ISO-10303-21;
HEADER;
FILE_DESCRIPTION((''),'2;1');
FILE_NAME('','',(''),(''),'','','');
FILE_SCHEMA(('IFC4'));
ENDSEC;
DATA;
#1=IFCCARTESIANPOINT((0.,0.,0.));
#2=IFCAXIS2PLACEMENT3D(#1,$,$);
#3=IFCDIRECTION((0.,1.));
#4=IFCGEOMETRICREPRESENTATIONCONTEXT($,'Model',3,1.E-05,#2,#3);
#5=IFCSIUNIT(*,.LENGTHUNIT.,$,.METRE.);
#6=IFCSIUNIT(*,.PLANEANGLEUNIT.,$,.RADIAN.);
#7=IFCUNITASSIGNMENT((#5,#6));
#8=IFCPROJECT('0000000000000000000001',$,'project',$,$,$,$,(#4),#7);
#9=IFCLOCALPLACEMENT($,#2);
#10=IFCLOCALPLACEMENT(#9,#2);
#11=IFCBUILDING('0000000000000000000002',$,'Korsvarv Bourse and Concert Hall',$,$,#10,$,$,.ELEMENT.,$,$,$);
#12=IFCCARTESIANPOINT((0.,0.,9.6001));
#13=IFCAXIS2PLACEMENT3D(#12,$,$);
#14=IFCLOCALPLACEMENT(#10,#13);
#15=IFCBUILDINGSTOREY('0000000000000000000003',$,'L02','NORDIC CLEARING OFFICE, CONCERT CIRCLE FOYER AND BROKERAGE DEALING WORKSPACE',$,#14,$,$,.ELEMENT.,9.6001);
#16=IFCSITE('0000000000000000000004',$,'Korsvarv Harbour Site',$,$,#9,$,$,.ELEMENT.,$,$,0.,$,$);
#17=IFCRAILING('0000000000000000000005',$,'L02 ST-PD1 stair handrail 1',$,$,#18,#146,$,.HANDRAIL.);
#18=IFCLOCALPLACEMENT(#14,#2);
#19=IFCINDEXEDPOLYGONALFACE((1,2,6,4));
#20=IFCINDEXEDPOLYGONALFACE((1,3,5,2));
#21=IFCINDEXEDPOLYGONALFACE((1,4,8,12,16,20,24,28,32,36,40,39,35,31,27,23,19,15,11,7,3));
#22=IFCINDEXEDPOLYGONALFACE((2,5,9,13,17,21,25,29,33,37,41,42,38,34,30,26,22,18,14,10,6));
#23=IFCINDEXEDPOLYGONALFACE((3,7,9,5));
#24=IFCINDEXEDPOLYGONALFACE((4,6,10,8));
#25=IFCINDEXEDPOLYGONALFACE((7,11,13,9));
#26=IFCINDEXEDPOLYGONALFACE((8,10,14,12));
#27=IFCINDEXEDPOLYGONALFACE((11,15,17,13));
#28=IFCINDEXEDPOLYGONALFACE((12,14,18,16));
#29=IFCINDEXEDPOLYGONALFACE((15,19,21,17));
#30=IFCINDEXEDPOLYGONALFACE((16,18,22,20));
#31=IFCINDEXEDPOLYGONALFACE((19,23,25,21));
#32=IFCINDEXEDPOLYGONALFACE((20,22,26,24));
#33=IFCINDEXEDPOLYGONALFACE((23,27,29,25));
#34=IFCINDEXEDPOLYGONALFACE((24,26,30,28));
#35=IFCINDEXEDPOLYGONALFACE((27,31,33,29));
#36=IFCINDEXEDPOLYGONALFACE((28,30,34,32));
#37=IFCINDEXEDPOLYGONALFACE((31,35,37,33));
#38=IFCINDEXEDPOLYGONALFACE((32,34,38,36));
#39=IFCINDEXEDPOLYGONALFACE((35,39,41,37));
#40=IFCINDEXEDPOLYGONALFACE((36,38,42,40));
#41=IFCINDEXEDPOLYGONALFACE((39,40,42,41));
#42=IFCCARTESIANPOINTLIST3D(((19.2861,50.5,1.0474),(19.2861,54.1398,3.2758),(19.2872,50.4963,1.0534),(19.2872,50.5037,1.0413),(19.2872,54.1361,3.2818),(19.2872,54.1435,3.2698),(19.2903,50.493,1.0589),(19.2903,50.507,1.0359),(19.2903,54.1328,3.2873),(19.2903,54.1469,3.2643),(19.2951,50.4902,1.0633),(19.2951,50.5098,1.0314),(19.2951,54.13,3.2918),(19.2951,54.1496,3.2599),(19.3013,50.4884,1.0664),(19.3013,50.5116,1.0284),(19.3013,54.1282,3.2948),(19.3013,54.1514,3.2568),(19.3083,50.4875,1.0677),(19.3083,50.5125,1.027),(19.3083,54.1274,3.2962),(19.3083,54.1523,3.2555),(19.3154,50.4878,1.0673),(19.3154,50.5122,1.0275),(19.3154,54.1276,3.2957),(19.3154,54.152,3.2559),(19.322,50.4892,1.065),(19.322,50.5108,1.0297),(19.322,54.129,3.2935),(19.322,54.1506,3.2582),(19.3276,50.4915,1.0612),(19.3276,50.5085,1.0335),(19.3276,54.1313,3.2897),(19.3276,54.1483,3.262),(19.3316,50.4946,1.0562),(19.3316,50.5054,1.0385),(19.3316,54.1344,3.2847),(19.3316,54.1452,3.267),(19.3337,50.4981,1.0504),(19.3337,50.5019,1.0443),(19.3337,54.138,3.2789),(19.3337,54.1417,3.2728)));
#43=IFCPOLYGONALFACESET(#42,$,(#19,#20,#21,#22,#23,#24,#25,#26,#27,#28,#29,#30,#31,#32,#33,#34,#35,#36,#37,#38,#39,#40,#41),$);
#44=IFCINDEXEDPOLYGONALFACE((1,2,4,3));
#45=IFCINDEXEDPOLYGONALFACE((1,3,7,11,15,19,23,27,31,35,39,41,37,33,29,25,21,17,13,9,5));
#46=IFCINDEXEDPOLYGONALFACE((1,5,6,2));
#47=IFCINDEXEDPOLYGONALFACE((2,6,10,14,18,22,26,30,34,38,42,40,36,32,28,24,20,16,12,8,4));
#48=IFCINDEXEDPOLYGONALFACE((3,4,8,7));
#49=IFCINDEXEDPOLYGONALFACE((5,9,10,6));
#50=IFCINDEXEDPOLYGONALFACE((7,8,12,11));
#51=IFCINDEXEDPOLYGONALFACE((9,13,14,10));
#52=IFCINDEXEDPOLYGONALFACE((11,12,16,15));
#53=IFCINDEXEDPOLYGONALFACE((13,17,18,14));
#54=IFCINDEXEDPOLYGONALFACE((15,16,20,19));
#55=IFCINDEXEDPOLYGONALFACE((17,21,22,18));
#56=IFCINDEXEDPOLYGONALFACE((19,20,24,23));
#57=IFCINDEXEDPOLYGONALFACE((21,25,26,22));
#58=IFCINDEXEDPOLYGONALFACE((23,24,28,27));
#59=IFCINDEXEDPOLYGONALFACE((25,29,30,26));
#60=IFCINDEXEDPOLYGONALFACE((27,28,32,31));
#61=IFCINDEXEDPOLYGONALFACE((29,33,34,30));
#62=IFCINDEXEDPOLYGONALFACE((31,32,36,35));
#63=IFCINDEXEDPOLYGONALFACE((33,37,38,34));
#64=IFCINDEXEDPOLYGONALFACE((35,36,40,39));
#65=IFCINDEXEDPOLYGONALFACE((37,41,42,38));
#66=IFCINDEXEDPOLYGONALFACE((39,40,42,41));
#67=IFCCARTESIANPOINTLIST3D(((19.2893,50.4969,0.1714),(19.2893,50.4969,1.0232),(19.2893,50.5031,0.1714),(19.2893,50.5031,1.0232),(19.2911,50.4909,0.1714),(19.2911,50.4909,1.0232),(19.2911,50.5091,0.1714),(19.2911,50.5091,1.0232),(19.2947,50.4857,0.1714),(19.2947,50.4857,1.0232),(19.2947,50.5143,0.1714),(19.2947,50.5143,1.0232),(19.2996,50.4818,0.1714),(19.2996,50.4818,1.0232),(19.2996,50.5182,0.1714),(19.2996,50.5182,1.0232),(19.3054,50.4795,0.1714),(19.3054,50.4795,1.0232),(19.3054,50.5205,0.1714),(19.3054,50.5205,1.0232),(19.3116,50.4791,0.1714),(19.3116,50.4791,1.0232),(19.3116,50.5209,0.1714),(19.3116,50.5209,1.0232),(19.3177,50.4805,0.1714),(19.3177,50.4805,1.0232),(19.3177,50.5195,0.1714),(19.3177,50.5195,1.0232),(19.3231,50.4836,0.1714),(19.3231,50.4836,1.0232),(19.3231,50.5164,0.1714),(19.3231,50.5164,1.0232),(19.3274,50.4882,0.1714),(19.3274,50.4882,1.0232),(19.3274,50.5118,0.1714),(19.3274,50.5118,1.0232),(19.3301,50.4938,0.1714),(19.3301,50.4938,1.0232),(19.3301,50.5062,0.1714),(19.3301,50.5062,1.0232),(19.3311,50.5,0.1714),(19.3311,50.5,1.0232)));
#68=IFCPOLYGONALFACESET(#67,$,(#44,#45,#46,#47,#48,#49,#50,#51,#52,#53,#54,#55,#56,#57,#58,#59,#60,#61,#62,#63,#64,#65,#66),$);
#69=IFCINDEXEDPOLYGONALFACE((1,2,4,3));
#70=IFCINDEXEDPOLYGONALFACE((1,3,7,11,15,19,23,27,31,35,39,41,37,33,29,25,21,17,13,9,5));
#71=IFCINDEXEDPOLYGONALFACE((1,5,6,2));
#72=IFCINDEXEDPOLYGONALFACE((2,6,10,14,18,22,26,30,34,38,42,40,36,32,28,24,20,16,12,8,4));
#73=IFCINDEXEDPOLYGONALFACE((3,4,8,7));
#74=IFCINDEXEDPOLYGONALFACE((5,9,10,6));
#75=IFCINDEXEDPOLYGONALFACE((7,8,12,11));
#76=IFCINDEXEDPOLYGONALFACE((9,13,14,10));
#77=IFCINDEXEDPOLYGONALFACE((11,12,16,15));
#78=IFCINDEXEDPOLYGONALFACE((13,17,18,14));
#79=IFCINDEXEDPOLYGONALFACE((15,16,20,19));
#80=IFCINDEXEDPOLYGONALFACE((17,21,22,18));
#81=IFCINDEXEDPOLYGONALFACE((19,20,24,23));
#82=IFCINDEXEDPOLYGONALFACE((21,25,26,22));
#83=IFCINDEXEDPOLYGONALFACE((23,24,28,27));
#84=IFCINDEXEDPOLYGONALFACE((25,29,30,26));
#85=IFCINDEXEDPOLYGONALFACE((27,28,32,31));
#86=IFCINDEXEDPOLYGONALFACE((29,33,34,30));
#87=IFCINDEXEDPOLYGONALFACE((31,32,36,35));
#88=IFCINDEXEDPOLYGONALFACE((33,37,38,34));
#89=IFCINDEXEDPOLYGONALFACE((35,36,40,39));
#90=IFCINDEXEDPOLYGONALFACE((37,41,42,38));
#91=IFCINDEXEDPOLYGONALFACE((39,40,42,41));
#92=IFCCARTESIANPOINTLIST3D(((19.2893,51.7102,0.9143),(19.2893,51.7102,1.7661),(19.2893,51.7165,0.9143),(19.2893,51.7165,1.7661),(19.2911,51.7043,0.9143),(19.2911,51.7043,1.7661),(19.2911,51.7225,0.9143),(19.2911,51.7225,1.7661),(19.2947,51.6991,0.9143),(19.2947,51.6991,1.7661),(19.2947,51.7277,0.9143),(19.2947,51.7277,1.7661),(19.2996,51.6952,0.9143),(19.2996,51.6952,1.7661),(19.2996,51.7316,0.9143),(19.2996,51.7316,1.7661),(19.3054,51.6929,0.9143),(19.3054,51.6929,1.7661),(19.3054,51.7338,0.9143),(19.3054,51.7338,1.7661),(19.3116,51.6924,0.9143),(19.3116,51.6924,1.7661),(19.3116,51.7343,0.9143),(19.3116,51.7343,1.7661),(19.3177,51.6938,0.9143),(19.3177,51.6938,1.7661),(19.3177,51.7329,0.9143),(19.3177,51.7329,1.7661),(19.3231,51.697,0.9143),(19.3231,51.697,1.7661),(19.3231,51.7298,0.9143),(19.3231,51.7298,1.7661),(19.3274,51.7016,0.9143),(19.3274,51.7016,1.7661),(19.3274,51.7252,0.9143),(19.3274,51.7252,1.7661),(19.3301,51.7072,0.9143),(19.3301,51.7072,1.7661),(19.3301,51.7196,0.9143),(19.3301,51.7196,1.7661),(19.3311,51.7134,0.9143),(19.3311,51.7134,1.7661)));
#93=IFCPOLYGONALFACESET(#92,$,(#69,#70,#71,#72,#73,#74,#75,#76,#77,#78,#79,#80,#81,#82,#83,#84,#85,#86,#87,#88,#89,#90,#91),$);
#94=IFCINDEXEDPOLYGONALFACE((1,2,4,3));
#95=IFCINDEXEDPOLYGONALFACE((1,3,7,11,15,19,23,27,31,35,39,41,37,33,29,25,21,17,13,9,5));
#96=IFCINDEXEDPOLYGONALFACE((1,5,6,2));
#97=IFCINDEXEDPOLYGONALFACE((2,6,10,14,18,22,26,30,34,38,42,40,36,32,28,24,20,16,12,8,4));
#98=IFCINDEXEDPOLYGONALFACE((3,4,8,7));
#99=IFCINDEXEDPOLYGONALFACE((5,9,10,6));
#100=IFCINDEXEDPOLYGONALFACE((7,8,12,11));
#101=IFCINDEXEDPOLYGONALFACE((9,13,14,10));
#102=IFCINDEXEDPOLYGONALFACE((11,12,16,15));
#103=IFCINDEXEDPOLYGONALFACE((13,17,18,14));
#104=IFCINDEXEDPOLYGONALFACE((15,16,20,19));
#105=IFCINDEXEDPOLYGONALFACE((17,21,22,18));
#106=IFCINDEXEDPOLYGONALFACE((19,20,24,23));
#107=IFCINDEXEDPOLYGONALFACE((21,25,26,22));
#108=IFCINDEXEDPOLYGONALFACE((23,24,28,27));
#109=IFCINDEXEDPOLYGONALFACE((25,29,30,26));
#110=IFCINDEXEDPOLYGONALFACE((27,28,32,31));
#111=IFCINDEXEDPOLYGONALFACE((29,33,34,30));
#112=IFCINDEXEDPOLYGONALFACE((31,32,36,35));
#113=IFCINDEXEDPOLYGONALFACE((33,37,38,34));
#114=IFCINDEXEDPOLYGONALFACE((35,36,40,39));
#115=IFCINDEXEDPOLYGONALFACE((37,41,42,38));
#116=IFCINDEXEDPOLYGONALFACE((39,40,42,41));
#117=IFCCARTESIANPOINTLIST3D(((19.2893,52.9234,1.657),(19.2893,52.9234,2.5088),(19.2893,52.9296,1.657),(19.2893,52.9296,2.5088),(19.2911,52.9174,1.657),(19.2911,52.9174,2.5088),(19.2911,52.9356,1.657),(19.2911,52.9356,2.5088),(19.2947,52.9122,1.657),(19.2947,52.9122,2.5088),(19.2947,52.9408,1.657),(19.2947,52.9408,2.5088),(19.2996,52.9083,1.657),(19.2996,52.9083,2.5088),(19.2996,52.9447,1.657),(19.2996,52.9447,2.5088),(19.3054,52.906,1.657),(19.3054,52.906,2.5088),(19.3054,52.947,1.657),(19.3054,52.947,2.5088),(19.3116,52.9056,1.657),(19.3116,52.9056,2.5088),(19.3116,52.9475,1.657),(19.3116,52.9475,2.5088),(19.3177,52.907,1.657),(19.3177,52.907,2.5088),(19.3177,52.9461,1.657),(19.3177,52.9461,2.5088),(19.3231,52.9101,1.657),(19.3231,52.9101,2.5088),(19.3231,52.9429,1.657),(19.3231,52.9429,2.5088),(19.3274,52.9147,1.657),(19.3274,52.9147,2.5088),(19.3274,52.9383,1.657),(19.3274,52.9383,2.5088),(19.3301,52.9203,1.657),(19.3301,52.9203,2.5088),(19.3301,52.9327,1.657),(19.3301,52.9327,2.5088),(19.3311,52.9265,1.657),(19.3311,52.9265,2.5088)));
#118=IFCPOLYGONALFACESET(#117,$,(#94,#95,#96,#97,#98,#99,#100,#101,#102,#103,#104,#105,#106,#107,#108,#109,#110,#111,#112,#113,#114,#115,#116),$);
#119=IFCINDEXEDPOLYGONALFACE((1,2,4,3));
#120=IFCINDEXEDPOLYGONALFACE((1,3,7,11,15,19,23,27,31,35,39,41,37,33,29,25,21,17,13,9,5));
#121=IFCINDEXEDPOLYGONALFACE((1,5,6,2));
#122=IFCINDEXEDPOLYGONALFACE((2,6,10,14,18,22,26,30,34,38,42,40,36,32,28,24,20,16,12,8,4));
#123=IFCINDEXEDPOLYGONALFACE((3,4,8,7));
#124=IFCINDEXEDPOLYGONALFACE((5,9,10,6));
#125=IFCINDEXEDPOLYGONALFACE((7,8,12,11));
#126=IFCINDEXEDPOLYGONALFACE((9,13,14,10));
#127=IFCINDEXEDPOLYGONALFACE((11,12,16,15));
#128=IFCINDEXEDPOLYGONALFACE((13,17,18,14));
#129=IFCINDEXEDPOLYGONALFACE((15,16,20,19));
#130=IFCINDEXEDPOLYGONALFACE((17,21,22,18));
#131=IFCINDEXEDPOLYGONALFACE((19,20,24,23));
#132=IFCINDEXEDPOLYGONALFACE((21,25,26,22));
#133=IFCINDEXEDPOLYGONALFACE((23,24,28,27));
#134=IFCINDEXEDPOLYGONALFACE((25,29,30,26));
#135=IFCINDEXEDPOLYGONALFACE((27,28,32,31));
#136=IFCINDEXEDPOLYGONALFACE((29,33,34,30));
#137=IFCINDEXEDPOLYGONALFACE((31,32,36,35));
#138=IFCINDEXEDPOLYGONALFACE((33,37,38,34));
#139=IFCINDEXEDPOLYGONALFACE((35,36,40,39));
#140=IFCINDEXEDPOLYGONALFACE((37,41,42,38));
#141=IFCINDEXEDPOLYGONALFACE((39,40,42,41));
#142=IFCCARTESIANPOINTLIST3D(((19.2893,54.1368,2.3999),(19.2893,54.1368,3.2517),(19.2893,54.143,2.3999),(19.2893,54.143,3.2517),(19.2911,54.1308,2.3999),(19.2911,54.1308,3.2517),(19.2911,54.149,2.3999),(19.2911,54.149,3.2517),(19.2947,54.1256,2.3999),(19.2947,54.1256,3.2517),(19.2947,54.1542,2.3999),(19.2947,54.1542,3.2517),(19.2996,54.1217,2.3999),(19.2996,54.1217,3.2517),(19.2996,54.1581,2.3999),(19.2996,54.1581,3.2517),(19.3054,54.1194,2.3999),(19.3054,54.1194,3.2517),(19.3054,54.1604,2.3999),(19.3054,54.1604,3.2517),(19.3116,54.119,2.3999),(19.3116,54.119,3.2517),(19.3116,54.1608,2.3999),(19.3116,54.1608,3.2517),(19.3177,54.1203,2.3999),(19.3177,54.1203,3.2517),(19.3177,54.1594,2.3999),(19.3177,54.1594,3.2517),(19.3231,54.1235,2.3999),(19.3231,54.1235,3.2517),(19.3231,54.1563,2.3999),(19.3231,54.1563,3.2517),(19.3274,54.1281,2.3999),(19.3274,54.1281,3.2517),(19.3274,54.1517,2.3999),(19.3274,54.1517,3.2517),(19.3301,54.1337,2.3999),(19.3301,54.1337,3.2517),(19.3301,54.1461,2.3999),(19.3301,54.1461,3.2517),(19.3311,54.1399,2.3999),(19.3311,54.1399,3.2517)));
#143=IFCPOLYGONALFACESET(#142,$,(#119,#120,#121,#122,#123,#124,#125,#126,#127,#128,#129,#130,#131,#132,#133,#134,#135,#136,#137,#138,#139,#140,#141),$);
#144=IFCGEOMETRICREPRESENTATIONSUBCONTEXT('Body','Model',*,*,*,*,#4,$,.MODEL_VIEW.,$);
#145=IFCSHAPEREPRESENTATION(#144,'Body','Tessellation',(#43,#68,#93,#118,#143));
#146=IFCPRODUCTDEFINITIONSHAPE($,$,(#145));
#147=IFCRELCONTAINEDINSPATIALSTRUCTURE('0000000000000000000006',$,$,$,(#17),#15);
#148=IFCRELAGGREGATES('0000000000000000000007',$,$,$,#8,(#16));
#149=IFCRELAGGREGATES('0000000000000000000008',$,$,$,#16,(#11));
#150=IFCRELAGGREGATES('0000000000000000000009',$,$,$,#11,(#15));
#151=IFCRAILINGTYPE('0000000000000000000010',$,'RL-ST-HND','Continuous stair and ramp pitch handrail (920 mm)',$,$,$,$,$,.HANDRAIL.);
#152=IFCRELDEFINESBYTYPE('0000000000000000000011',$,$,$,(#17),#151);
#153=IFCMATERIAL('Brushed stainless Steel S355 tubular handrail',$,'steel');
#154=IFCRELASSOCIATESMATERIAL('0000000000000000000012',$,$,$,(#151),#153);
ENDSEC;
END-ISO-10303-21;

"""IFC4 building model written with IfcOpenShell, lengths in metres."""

from ifc_helpers import new_model, si_unit, direction, frame, origin, origin_2d, place, context, subcontext, project, spatial, circle, extrude, material, type_object, element, save


model = new_model("IFC4")

# Units and contexts
model_context = context("Model", 3, precision=1e-05, world=origin(), true_north=direction((0.0, 1.0)))
body_context = subcontext(model_context, "Body", "Model", "MODEL_VIEW")
ifc_project = project(units=[si_unit("LENGTHUNIT", "METRE"), si_unit("PLANEANGLEUNIT", "RADIAN")], contexts=[model_context])

# Site, building, storey
site_placement = place(None, origin())
site = spatial("IfcSite", under=ifc_project, at=site_placement, Name="Korsvarv Harbour Site", CompositionType="ELEMENT", RefElevation=0.0)
building_placement = place(site_placement, origin())
building = spatial("IfcBuilding", under=site, at=building_placement, Name="Korsvarv Bourse and Concert Hall", CompositionType="ELEMENT")
storey_placement = place(building_placement, frame((0.0, 0.0, 9.6001)))
storey = spatial("IfcBuildingStorey", under=building, at=storey_placement, Name="L02", Description="NORDIC CLEARING OFFICE, CONCERT CIRCLE FOYER AND BROKERAGE DEALING WORKSPACE", CompositionType="ELEMENT", Elevation=9.6001)

# Railing
ifc_material_1 = material(Name="Brushed stainless Steel S355 tubular handrail", Category="steel")
railing_type_1 = type_object("IfcRailingType", Name="RL-ST-HND", Description="Continuous stair and ramp pitch handrail (920 mm)", PredefinedType="HANDRAIL", material=ifc_material_1)
railing_1_placement = place(storey_placement, frame((19.3101, 50.5, 0.1714)))
element("IfcRailing", 1, at=railing_1_placement, inside=storey, type_object=railing_type_1, Name="L02 ST-PD1 stair handrail 1", PredefinedType="HANDRAIL", context=body_context, shape_type="SweptSolid", body=[
    extrude(circle(Radius=0.0239, at=origin_2d()), frame((0.0, 0.0, 0.876), z_axis=(0.0, 0.85285, 0.522156), x_axis=(-1.0, 0.0, 0.0)), (0.0, 0.0, 1.0), 4.2678),
    extrude(circle(Radius=0.021, at=origin_2d()), origin(), (0.0, 0.0, 1.0), 0.8518),
    extrude(circle(Radius=0.021, at=origin_2d()), frame((0.0, 1.2134, 0.7429)), (0.0, 0.0, 1.0), 0.8518),
    extrude(circle(Radius=0.021, at=origin_2d()), frame((0.0, 2.4265, 1.4856)), (0.0, 0.0, 1.0), 0.8518),
    extrude(circle(Radius=0.021, at=origin_2d()), frame((0.0, 3.6399, 2.2285)), (0.0, 0.0, 1.0), 0.8518),
])

save(model, "model.ifc")
